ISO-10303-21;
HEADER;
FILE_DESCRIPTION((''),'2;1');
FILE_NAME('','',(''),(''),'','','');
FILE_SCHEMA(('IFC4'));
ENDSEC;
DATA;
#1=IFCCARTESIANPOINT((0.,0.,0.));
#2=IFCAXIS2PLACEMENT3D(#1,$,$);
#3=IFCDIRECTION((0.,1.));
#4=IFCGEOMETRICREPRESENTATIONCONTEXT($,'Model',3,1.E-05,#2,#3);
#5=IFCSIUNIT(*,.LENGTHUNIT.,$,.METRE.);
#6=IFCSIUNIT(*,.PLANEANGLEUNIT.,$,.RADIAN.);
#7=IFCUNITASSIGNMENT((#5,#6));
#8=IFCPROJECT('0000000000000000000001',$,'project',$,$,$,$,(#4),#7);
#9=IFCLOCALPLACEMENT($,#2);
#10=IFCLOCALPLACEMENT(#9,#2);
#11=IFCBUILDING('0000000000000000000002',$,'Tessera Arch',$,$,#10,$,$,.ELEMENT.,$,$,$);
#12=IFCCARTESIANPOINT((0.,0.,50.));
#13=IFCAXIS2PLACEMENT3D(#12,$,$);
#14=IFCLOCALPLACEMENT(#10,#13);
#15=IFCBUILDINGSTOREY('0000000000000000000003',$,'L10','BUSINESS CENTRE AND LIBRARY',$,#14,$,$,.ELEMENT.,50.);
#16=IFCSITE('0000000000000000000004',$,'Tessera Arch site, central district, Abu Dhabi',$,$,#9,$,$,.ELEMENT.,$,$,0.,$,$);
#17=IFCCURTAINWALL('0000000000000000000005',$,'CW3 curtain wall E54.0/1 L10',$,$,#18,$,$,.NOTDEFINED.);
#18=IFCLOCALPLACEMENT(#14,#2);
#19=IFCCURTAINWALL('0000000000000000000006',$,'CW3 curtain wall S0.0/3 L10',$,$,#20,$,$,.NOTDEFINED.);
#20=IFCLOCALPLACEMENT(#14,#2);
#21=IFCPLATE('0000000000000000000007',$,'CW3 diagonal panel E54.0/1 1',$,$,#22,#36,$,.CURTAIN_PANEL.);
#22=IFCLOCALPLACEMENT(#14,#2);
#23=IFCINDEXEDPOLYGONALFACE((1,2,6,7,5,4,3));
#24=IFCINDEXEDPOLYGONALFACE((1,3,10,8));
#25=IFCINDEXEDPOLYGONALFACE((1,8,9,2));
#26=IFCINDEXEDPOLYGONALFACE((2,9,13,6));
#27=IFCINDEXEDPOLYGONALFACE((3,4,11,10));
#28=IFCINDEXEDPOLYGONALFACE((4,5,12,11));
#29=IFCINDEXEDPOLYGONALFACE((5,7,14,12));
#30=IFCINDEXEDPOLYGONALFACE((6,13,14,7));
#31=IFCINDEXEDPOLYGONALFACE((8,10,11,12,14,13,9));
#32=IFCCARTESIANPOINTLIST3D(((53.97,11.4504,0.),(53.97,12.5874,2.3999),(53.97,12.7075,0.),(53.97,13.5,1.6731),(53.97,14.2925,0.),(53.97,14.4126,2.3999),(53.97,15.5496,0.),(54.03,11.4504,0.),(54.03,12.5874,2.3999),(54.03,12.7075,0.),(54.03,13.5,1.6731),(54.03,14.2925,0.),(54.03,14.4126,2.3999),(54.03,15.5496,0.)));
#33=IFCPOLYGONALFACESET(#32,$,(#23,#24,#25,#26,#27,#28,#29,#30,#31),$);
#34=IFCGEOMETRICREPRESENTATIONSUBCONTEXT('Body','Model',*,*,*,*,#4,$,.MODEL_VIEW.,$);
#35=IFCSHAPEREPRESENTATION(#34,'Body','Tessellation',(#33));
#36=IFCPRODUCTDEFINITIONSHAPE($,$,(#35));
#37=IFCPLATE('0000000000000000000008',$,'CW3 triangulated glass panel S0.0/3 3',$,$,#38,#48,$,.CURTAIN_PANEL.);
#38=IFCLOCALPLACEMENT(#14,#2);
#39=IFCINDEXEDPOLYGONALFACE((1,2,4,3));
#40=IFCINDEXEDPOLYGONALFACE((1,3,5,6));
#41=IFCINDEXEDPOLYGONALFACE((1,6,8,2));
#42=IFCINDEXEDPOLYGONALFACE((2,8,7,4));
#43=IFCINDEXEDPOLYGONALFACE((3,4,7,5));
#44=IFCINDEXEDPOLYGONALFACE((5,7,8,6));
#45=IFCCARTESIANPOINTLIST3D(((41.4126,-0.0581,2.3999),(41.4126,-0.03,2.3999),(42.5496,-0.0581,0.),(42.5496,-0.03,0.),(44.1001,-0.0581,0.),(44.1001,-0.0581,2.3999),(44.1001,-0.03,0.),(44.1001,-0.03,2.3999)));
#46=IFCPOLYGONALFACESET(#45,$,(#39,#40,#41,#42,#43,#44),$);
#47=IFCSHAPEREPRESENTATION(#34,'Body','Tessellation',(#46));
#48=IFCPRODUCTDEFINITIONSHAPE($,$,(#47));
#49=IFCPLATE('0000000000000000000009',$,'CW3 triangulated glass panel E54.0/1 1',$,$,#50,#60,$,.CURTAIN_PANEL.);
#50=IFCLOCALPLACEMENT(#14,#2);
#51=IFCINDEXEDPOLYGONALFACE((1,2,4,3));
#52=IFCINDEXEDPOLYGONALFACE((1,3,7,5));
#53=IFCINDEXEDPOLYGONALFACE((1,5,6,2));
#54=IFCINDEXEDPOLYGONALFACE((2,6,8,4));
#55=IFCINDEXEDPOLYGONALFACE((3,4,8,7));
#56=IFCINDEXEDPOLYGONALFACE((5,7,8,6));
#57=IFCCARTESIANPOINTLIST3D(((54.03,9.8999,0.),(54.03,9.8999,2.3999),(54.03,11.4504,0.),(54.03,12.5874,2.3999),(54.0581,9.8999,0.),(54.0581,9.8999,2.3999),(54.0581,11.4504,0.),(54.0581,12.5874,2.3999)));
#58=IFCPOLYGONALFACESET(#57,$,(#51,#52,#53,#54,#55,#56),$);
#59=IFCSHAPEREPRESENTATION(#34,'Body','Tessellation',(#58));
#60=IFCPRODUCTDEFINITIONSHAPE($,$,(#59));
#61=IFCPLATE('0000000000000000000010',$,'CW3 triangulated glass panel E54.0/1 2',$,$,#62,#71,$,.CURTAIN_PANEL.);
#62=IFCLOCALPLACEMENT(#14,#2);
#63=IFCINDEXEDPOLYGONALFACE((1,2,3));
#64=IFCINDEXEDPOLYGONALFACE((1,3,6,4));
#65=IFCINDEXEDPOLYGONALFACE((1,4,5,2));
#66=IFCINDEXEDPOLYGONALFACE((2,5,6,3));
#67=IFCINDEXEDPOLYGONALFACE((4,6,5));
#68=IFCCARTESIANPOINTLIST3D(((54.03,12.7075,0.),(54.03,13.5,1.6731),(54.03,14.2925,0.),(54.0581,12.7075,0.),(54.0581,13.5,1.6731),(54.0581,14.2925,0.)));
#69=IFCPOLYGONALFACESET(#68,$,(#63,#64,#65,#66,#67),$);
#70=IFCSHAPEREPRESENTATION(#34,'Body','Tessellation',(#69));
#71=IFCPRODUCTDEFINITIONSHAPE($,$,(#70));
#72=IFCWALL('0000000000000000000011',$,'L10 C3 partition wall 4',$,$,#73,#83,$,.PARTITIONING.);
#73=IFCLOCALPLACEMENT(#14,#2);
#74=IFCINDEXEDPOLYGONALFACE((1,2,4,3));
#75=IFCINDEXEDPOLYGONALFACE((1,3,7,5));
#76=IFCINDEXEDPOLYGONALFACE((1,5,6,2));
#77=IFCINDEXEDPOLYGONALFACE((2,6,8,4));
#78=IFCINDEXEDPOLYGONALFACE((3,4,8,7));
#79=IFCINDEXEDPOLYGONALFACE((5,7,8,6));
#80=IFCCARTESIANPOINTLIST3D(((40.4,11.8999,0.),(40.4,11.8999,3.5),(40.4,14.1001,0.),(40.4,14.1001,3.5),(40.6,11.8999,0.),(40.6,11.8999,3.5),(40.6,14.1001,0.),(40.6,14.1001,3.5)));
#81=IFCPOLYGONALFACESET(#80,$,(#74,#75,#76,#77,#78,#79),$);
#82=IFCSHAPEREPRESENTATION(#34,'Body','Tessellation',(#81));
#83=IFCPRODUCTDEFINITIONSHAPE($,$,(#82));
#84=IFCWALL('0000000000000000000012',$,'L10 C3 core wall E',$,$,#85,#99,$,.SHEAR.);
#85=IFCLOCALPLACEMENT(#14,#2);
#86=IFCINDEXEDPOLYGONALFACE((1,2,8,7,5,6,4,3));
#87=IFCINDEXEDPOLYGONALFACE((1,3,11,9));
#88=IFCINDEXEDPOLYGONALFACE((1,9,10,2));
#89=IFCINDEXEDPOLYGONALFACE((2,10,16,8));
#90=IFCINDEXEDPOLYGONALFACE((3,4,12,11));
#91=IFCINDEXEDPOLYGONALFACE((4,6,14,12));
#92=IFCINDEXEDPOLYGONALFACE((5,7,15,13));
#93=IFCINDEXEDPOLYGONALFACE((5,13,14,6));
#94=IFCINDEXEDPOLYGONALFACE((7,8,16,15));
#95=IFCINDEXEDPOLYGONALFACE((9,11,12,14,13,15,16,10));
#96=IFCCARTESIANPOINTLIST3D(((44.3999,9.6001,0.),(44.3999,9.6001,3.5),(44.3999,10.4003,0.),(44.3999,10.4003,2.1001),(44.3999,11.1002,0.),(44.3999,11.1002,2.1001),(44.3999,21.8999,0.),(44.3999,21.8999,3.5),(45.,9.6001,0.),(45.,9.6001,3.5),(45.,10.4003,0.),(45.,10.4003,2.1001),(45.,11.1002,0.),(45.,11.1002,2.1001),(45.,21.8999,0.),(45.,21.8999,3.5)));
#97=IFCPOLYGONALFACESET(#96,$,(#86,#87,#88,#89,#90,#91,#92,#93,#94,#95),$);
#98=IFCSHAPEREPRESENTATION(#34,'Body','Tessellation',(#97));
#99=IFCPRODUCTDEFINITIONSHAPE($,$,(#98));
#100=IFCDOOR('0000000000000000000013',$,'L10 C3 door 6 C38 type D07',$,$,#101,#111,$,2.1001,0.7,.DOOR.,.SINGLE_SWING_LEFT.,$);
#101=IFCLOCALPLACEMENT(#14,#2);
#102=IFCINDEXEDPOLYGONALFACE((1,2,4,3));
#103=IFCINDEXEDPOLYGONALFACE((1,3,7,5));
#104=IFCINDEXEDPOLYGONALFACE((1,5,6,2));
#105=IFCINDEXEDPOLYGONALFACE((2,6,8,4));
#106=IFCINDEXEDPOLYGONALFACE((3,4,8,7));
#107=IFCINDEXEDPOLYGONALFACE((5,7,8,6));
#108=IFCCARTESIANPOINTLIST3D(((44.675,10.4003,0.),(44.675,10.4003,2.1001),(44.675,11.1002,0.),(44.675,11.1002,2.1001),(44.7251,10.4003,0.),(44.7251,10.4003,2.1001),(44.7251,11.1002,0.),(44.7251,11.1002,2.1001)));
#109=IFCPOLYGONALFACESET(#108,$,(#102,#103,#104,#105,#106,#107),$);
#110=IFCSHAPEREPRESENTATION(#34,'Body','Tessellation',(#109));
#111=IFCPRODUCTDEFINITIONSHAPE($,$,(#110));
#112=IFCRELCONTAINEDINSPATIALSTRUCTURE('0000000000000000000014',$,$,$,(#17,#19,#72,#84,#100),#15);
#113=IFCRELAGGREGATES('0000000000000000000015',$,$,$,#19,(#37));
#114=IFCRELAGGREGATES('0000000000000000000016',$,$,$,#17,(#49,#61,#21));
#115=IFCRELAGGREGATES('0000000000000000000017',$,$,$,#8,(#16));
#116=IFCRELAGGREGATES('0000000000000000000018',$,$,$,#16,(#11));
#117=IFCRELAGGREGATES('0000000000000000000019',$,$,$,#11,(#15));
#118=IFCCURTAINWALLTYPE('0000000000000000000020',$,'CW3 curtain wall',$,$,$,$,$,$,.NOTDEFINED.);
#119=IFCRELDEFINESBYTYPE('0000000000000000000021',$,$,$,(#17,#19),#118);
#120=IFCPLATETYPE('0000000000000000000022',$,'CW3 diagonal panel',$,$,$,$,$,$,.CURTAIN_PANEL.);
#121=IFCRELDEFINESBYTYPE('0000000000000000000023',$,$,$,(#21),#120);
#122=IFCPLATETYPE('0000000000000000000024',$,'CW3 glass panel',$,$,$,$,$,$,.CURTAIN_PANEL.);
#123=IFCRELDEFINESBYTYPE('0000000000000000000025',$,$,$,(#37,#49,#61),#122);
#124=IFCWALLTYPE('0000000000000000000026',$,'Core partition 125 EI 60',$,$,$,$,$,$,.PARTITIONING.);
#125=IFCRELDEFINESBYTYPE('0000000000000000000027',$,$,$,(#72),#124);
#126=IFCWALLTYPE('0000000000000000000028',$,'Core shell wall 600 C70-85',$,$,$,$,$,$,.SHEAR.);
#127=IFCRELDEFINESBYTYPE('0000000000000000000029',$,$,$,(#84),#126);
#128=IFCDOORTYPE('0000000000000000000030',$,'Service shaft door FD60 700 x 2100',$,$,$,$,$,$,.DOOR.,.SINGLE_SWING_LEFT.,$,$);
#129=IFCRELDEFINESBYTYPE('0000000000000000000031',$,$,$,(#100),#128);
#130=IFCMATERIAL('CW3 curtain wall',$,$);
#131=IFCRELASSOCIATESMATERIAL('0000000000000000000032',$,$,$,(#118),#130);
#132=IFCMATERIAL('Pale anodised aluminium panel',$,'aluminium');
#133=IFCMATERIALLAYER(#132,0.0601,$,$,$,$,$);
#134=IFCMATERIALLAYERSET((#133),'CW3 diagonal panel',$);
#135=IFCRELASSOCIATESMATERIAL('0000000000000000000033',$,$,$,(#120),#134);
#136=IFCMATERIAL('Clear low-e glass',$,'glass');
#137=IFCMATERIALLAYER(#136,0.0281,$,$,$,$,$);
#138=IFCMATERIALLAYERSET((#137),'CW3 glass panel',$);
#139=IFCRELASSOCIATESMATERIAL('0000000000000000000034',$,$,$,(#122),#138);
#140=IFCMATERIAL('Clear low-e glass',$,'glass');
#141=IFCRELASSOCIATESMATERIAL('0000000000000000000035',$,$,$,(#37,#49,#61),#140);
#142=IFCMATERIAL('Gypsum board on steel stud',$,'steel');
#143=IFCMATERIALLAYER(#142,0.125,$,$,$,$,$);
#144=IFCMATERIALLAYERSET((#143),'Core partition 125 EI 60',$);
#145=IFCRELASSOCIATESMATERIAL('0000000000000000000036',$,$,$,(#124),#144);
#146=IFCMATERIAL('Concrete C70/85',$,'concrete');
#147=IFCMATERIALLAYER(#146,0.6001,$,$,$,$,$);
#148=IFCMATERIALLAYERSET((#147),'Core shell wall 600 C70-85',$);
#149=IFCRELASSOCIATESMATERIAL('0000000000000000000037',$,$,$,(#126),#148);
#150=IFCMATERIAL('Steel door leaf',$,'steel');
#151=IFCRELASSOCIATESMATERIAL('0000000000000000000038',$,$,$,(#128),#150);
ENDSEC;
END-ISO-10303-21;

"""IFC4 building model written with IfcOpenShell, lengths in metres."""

from ifc_helpers import new_model, si_unit, direction, frame, frame_2d, origin, place, context, subcontext, project, spatial, polyline, rectangle, outline, extrude, material, layer, layer_set, type_object, element, fill, aggregate, save


model = new_model("IFC4")

# Units and contexts
model_context = context("Model", 3, precision=1e-05, world=origin(), true_north=direction((0.0, 1.0)))
body_context = subcontext(model_context, "Body", "Model", "MODEL_VIEW")
ifc_project = project(units=[si_unit("LENGTHUNIT", "METRE"), si_unit("PLANEANGLEUNIT", "RADIAN")], contexts=[model_context])

# Site, building, storey
site_placement = place(None, origin())
site = spatial("IfcSite", under=ifc_project, at=site_placement, Name="Tessera Arch site, central district, Abu Dhabi", CompositionType="ELEMENT", RefElevation=0.0)
building_placement = place(site_placement, origin())
building = spatial("IfcBuilding", under=site, at=building_placement, Name="Tessera Arch", CompositionType="ELEMENT")
storey_placement = place(building_placement, frame((0.0, 0.0, 50.0)))
storey = spatial("IfcBuildingStorey", under=building, at=storey_placement, Name="L10", Description="BUSINESS CENTRE AND LIBRARY", CompositionType="ELEMENT", Elevation=50.0)

# Curtain wall
ifc_material_1 = material(Name="CW3 curtain wall")
curtain_wall_type_1 = type_object("IfcCurtainWallType", Name="CW3 curtain wall", PredefinedType="NOTDEFINED", material=ifc_material_1)
curtain_wall_1_placement = place(storey_placement, origin())
curtain_wall_1 = element("IfcCurtainWall", 1, at=curtain_wall_1_placement, inside=storey, type_object=curtain_wall_type_1, Name="CW3 curtain wall E54.0/1 L10", PredefinedType="NOTDEFINED")

# Shared definitions
ifc_material_2 = material(Name="Clear low-e glass", Category="glass")

# Curtain wall
curtain_wall_2_placement = place(storey_placement, origin())
curtain_wall_2 = element("IfcCurtainWall", 2, at=curtain_wall_2_placement, inside=storey, type_object=curtain_wall_type_1, Name="CW3 curtain wall S0.0/3 L10", PredefinedType="NOTDEFINED")
ifc_material_3 = material(Name="Pale anodised aluminium panel", Category="aluminium")
ifc_layer_1 = layer(ifc_material_3, 0.0601)
ifc_layer_set_1 = layer_set([ifc_layer_1], Name="CW3 diagonal panel")
plate_type_1 = type_object("IfcPlateType", Name="CW3 diagonal panel", PredefinedType="CURTAIN_PANEL", material=ifc_layer_set_1)

# Plates
plate_1_placement = place(storey_placement, frame((54.03, 14.4126, 2.3999), z_axis=(1.0, 0.0, 0.0), x_axis=(0.0, -1.0, 0.0)))
plate_1 = element("IfcPlate", 3, at=plate_1_placement, type_object=plate_type_1, Name="CW3 diagonal panel E54.0/1 1", PredefinedType="CURTAIN_PANEL", context=body_context, shape_type="SweptSolid", body=[
    extrude(outline(polyline([(0.0, 0.0), (1.8252, 0.0), (2.9622, 2.3999), (1.7051, 2.3999), (0.9126, 0.7268), (0.1201, 2.3999), (-1.137, 2.3999), (0.0, 0.0)])), origin(), (0.0, 0.0, -1.0), 0.0601),
])
ifc_material_4 = material(Name="Clear low-e glass", Category="glass")
ifc_layer_2 = layer(ifc_material_4, 0.0281)
ifc_layer_set_2 = layer_set([ifc_layer_2], Name="CW3 glass panel")
plate_type_2 = type_object("IfcPlateType", Name="CW3 glass panel", PredefinedType="CURTAIN_PANEL", material=ifc_layer_set_2)
plate_2_placement = place(storey_placement, frame((44.1001, -0.0581, 2.3999), z_axis=(0.0, -1.0, 0.0), x_axis=(-1.0, 0.0, 0.0)))
plate_2 = element("IfcPlate", 4, at=plate_2_placement, type_object=plate_type_2, material=ifc_material_2, Name="CW3 triangulated glass panel S0.0/3 3", PredefinedType="CURTAIN_PANEL", context=body_context, shape_type="SweptSolid", body=[
    extrude(outline(polyline([(0.0, 0.0), (2.6875, 0.0), (1.5505, 2.3999), (0.0, 2.3999), (0.0, 0.0)])), origin(), (0.0, 0.0, -1.0), 0.0281),
])
aggregate(curtain_wall_2, [plate_2])
plate_3_placement = place(storey_placement, frame((54.0581, 9.8999, 0.0), z_axis=(1.0, 0.0, 0.0), x_axis=(0.0, 1.0, 0.0)))
plate_3 = element("IfcPlate", 5, at=plate_3_placement, type_object=plate_type_2, material=ifc_material_2, Name="CW3 triangulated glass panel E54.0/1 1", PredefinedType="CURTAIN_PANEL", context=body_context, shape_type="SweptSolid", body=[
    extrude(outline(polyline([(0.0, 0.0), (1.5505, 0.0), (2.6875, 2.3999), (0.0, 2.3999), (0.0, 0.0)])), origin(), (0.0, 0.0, -1.0), 0.0281),
])
plate_4_placement = place(storey_placement, frame((54.0581, 12.7075, 0.0), z_axis=(1.0, 0.0, 0.0), x_axis=(0.0, 1.0, 0.0)))
plate_4 = element("IfcPlate", 6, at=plate_4_placement, type_object=plate_type_2, material=ifc_material_2, Name="CW3 triangulated glass panel E54.0/1 2", PredefinedType="CURTAIN_PANEL", context=body_context, shape_type="SweptSolid", body=[
    extrude(outline(polyline([(0.0, 0.0), (1.585, 0.0), (0.7925, 1.6731), (0.0, 0.0)])), origin(), (0.0, 0.0, -1.0), 0.0281),
])
aggregate(curtain_wall_1, [plate_3, plate_4, plate_1])

# Wall
ifc_material_5 = material(Name="Gypsum board on steel stud", Category="steel")
ifc_layer_3 = layer(ifc_material_5, 0.125)
ifc_layer_set_3 = layer_set([ifc_layer_3], Name="Core partition 125 EI 60")
wall_type_1 = type_object("IfcWallType", Name="Core partition 125 EI 60", PredefinedType="PARTITIONING", material=ifc_layer_set_3)
wall_1_placement = place(storey_placement, frame((40.5, 11.8999, 0.0), z_axis=(0.0, 0.0, 1.0), x_axis=(0.0, 1.0, 0.0)))
element("IfcWall", 7, at=wall_1_placement, inside=storey, type_object=wall_type_1, Name="L10 C3 partition wall 4", PredefinedType="PARTITIONING", context=body_context, shape_type="SweptSolid", body=[
    extrude(rectangle(XDim=2.2002, YDim=0.2, at=frame_2d((1.1001, 0.0))), origin(), (0.0, 0.0, 1.0), 3.5),
])

# Wall, opening, door
ifc_material_6 = material(Name="Concrete C70/85", Category="concrete")
ifc_layer_4 = layer(ifc_material_6, 0.6001)
ifc_layer_set_4 = layer_set([ifc_layer_4], Name="Core shell wall 600 C70-85")
wall_type_2 = type_object("IfcWallType", Name="Core shell wall 600 C70-85", PredefinedType="SHEAR", material=ifc_layer_set_4)
wall_2_placement = place(storey_placement, frame((44.7, 9.6001, 0.0), z_axis=(0.0, 0.0, 1.0), x_axis=(0.0, 1.0, 0.0)))
wall_2 = element("IfcWall", 8, at=wall_2_placement, inside=storey, type_object=wall_type_2, Name="L10 C3 core wall E", PredefinedType="SHEAR", context=body_context, shape_type="SweptSolid", body=[
    extrude(rectangle(XDim=12.2998, YDim=0.6001, at=frame_2d((6.1499, 0.0))), origin(), (0.0, 0.0, 1.0), 3.5),
])
opening_1_placement = place(wall_2_placement, frame((0.8, 0.0, 0.0)))
opening_1 = element("IfcOpeningElement", 9, at=opening_1_placement, cuts=wall_2, PredefinedType="OPENING", context=body_context, shape_type="SweptSolid", body=[
    extrude(rectangle(XDim=0.7, YDim=2.1001, at=frame_2d((0.3501, 1.05))), frame((0.0, 0.3101, 0.0), z_axis=(0.0, -1.0, 0.0), x_axis=(1.0, 0.0, 0.0)), (0.0, 0.0, 1.0), 0.6201),
])
ifc_material_7 = material(Name="Steel door leaf", Category="steel")
door_type_1 = type_object("IfcDoorType", Name="Service shaft door FD60 700 x 2100", OperationType="SINGLE_SWING_LEFT", PredefinedType="DOOR", material=ifc_material_7)
door_1_placement = place(opening_1_placement, origin())
door_1 = element("IfcDoor", 10, at=door_1_placement, inside=storey, type_object=door_type_1, Name="L10 C3 door 6 C38 type D07", OperationType="SINGLE_SWING_LEFT", OverallHeight=2.1001, OverallWidth=0.7, PredefinedType="DOOR", context=body_context, shape_type="SweptSolid", body=[
    extrude(rectangle(XDim=0.7, YDim=2.1001, at=frame_2d((0.3501, 1.05))), frame((0.0, 0.0249, 0.0), z_axis=(0.0, -1.0, 0.0), x_axis=(1.0, 0.0, 0.0)), (0.0, 0.0, 1.0), 0.05),
])
fill(opening_1, door_1)

save(model, "model.ifc")
